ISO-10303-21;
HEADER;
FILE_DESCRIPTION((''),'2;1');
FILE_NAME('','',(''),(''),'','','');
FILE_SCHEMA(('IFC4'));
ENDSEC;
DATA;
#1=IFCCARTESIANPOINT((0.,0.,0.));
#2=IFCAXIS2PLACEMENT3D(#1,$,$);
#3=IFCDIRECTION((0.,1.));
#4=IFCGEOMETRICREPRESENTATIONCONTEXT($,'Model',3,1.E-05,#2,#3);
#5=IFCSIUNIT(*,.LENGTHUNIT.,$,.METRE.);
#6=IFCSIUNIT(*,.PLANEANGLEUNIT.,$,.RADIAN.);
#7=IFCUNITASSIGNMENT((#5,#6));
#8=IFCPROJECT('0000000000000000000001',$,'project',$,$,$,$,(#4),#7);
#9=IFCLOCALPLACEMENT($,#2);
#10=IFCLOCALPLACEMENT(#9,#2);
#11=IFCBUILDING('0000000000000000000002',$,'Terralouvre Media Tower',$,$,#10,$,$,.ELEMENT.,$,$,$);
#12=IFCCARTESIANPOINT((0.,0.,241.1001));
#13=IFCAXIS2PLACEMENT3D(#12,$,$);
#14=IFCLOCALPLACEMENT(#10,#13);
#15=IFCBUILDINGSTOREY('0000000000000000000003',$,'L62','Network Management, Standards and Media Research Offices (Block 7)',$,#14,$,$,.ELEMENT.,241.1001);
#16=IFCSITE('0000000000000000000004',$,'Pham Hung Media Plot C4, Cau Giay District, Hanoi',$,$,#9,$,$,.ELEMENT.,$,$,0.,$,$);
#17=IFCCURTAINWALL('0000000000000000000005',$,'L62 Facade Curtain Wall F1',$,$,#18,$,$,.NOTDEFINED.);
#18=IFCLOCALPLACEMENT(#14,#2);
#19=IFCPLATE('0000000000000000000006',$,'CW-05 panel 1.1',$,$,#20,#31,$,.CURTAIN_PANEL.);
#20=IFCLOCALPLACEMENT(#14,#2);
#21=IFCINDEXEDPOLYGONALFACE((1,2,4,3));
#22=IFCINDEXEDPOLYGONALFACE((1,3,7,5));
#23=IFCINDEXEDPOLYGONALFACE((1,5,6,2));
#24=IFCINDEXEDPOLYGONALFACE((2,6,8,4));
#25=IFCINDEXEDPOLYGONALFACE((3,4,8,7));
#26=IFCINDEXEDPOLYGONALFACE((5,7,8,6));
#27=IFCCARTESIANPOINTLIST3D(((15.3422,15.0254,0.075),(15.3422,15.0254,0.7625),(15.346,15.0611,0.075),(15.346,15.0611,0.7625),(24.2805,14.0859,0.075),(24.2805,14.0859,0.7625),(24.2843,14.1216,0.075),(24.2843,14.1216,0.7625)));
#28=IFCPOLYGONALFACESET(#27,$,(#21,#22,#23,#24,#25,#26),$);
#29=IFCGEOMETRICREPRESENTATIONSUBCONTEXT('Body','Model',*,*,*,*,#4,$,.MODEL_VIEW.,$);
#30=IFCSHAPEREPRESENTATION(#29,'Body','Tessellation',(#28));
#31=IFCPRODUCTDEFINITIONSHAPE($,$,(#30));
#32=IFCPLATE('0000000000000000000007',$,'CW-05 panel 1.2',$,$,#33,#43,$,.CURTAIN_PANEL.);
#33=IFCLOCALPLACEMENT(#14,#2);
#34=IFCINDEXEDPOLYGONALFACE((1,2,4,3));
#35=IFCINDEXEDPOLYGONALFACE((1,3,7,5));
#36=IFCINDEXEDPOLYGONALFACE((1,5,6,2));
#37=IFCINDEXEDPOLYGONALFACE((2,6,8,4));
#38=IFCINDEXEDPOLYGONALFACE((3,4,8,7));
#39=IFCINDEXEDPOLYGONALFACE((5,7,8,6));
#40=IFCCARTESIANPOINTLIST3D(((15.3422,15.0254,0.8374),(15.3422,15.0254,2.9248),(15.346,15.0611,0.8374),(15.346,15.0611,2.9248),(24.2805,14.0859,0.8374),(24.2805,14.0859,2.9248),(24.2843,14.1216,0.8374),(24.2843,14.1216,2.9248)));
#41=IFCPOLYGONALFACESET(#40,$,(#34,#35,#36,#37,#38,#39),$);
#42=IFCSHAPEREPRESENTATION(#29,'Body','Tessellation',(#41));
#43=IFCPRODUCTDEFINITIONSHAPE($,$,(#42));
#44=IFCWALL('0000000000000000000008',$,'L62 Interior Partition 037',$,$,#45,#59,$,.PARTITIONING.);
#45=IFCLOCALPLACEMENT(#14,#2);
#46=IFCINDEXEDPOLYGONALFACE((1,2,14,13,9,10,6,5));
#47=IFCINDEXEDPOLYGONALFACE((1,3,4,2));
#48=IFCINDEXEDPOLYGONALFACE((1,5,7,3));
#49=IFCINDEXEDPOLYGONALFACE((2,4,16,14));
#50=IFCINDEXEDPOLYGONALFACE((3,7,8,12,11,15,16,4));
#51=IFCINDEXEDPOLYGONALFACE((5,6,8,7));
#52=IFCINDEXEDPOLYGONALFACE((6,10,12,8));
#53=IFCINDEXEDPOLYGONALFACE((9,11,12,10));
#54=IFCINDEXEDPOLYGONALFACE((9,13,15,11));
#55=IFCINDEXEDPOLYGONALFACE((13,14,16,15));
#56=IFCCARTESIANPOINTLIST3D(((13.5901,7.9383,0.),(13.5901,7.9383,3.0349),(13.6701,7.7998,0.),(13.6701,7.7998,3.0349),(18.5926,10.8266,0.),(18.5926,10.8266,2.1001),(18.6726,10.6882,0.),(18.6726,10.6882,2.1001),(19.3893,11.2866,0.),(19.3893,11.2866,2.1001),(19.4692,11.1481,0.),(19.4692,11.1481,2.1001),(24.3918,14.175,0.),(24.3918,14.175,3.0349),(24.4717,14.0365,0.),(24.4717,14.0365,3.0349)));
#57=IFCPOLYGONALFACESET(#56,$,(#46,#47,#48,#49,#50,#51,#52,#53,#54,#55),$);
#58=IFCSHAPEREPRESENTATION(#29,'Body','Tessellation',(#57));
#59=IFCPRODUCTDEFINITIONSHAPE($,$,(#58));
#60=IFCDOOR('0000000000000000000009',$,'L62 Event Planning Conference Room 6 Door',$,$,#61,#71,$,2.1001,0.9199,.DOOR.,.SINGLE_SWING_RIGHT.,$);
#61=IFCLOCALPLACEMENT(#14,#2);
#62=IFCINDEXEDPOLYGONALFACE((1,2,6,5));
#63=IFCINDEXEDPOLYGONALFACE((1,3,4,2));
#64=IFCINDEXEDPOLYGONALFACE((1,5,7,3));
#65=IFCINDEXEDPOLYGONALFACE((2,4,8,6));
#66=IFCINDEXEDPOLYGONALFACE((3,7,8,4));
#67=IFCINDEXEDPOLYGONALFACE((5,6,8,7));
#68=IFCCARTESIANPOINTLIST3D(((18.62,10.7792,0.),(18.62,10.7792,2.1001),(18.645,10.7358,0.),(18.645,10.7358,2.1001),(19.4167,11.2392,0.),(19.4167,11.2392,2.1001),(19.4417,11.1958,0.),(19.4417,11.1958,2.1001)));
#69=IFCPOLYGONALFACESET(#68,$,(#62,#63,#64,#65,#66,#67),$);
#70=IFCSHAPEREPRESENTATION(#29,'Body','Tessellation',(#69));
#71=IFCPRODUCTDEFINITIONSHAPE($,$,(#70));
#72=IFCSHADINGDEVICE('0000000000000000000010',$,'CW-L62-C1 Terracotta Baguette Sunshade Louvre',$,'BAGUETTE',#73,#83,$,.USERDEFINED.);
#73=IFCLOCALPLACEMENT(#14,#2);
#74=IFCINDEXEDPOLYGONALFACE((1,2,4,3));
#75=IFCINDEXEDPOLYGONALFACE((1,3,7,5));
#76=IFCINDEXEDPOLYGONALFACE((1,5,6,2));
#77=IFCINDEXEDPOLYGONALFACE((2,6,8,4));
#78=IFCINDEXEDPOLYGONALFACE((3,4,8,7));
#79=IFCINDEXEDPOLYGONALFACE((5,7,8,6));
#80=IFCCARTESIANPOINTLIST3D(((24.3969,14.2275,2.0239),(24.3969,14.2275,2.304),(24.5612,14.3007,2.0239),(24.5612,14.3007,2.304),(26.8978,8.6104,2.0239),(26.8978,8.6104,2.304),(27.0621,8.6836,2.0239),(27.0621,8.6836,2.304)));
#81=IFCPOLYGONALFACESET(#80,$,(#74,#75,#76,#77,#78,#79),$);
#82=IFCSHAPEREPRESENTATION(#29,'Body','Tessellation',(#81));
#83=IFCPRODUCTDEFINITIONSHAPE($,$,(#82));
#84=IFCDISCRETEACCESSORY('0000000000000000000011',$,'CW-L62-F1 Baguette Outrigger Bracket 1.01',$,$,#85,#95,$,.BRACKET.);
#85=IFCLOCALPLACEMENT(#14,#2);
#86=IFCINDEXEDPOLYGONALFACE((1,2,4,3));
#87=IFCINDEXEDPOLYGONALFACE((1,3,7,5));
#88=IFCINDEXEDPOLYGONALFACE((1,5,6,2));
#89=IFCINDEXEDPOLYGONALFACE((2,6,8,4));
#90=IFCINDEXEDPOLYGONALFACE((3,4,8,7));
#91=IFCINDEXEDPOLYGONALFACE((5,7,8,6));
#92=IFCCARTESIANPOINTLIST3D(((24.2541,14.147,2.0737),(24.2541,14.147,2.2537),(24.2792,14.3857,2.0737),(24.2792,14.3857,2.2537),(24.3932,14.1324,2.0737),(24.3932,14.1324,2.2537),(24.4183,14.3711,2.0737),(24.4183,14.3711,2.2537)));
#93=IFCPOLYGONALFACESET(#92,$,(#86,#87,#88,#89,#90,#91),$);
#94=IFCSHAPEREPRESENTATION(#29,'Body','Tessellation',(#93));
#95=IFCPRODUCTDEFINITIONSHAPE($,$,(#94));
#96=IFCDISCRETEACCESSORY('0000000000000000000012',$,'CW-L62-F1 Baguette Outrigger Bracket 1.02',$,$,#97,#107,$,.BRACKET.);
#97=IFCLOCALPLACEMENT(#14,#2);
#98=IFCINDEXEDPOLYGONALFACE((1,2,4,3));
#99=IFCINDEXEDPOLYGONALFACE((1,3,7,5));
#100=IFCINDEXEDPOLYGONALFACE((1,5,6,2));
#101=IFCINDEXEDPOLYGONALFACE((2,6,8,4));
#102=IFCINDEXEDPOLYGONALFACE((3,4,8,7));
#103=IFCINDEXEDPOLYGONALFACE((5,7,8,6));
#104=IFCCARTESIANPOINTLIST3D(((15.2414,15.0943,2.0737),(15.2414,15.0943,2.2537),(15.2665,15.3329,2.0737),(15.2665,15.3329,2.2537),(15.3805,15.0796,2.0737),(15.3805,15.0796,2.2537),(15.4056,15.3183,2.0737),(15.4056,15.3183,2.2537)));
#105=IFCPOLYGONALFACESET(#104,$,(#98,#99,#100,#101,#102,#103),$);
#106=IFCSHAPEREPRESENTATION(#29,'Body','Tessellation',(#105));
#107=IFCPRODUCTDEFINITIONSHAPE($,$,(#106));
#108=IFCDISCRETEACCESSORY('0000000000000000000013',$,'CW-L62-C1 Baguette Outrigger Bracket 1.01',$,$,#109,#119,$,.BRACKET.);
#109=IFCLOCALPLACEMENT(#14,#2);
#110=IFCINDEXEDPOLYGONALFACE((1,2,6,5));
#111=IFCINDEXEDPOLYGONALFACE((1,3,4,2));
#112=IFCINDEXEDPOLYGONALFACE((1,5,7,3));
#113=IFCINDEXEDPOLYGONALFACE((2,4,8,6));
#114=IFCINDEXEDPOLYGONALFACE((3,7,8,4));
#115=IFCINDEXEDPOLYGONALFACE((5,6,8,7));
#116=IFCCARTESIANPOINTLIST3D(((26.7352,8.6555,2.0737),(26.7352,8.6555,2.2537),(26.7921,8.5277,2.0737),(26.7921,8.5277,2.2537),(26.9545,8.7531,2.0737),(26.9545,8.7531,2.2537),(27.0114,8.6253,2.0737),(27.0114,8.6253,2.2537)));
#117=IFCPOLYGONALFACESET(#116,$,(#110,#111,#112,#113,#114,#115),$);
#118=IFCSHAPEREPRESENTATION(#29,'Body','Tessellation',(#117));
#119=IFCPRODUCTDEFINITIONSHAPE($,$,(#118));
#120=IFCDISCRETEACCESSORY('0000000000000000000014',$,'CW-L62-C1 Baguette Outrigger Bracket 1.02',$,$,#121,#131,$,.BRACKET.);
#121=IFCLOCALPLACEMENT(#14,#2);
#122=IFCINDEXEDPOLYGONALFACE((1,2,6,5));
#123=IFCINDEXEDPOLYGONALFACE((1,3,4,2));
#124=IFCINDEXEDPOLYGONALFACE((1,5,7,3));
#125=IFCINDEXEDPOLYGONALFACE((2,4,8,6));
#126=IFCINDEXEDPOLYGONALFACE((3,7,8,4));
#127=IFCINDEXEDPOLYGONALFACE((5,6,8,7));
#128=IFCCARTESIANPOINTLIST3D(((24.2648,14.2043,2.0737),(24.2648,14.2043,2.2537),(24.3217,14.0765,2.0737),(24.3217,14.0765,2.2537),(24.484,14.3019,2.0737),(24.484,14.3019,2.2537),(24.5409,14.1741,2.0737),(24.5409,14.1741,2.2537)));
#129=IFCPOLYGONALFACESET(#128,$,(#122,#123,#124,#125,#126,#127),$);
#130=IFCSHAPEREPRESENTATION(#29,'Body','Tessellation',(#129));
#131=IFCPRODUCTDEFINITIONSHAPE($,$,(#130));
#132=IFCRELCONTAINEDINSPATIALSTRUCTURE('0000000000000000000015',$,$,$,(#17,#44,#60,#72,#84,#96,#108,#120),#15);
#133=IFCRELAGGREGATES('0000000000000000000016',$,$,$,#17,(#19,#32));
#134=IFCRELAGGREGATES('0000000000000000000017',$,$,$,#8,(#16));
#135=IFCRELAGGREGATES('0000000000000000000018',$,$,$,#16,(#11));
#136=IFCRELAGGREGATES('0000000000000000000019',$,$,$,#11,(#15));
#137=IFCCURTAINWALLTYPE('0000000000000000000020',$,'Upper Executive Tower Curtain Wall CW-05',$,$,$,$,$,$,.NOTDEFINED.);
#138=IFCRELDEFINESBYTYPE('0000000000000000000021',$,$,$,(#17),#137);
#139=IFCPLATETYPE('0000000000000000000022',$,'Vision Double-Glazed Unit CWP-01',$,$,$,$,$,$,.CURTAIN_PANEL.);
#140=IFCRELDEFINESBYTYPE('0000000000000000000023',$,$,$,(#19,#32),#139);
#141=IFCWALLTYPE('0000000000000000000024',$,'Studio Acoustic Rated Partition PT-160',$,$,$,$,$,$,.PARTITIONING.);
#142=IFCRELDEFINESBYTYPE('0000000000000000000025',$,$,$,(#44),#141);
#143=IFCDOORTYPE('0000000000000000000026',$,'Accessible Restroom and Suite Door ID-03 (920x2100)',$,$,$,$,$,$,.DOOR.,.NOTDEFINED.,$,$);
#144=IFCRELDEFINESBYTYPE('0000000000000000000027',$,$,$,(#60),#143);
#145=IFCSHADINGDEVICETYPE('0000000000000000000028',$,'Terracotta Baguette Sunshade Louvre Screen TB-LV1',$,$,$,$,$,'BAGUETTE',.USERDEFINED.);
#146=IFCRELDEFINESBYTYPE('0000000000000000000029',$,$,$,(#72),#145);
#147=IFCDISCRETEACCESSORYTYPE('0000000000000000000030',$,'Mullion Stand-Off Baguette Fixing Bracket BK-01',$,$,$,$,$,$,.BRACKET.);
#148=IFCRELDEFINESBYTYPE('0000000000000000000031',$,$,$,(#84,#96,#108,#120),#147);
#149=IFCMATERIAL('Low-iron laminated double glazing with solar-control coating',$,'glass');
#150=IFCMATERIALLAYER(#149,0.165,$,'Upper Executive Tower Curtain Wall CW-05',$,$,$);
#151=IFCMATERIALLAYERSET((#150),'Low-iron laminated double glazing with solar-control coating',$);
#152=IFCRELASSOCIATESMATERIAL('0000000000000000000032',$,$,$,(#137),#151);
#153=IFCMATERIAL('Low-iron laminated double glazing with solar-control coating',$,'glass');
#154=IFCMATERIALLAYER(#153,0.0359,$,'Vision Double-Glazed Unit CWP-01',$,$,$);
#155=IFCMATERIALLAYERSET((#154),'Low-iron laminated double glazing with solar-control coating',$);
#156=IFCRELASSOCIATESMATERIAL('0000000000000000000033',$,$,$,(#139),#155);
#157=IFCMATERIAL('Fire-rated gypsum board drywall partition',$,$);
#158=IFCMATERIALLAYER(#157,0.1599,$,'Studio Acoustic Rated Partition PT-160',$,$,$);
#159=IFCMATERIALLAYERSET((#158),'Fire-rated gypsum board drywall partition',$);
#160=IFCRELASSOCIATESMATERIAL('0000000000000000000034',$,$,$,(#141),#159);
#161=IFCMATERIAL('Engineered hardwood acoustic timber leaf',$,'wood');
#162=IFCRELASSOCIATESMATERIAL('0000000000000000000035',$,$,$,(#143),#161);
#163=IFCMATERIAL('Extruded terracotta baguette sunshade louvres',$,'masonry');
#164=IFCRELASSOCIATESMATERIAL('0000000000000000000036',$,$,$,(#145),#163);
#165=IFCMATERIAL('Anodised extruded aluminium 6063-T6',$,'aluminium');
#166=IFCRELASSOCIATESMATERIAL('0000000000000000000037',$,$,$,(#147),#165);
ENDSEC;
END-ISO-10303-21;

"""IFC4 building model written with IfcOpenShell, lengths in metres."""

from ifc_helpers import new_model, si_unit, direction, frame, frame_2d, origin, origin_2d, place, context, subcontext, project, spatial, rectangle, extrude, material, layer, layer_set, type_object, element, fill, aggregate, save


model = new_model("IFC4")

# Units and contexts
model_context = context("Model", 3, precision=1e-05, world=origin(), true_north=direction((0.0, 1.0)))
body_context = subcontext(model_context, "Body", "Model", "MODEL_VIEW")
ifc_project = project(units=[si_unit("LENGTHUNIT", "METRE"), si_unit("PLANEANGLEUNIT", "RADIAN")], contexts=[model_context])

# Site, building, storey
site_placement = place(None, origin())
site = spatial("IfcSite", under=ifc_project, at=site_placement, Name="Pham Hung Media Plot C4, Cau Giay District, Hanoi", CompositionType="ELEMENT", RefElevation=0.0)
building_placement = place(site_placement, origin())
building = spatial("IfcBuilding", under=site, at=building_placement, Name="Terralouvre Media Tower", CompositionType="ELEMENT")
storey_placement = place(building_placement, frame((0.0, 0.0, 241.1001)))
storey = spatial("IfcBuildingStorey", under=building, at=storey_placement, Name="L62", Description="Network Management, Standards and Media Research Offices (Block 7)", CompositionType="ELEMENT", Elevation=241.1001)

# Curtain wall
ifc_material_1 = material(Name="Low-iron laminated double glazing with solar-control coating", Category="glass")
ifc_layer_1 = layer(ifc_material_1, 0.165, Name="Upper Executive Tower Curtain Wall CW-05")
ifc_layer_set_1 = layer_set([ifc_layer_1], Name="Low-iron laminated double glazing with solar-control coating")
curtain_wall_type_1 = type_object("IfcCurtainWallType", Name="Upper Executive Tower Curtain Wall CW-05", PredefinedType="NOTDEFINED", material=ifc_layer_set_1)
curtain_wall_1_placement = place(storey_placement, origin())
curtain_wall_1 = element("IfcCurtainWall", 1, at=curtain_wall_1_placement, inside=storey, type_object=curtain_wall_type_1, Name="L62 Facade Curtain Wall F1", PredefinedType="NOTDEFINED")

# Plates
ifc_material_2 = material(Name="Low-iron laminated double glazing with solar-control coating", Category="glass")
ifc_layer_2 = layer(ifc_material_2, 0.0359, Name="Vision Double-Glazed Unit CWP-01")
ifc_layer_set_2 = layer_set([ifc_layer_2], Name="Low-iron laminated double glazing with solar-control coating")
plate_type_1 = type_object("IfcPlateType", Name="Vision Double-Glazed Unit CWP-01", PredefinedType="CURTAIN_PANEL", material=ifc_layer_set_2)
plate_1_placement = place(storey_placement, frame((19.8132, 14.5735, 0.075), z_axis=(0.0, 0.0, 1.0), x_axis=(-0.994522, 0.104529, 0.0)))
plate_1 = element("IfcPlate", 2, at=plate_1_placement, type_object=plate_type_1, Name="CW-05 panel 1.1", PredefinedType="CURTAIN_PANEL", context=body_context, shape_type="SweptSolid", body=[
    extrude(rectangle(XDim=8.9875, YDim=0.0359, at=origin_2d()), origin(), (0.0, 0.0, 1.0), 0.6875),
])
plate_2_placement = place(storey_placement, frame((19.8132, 14.5735, 0.8374), z_axis=(0.0, 0.0, 1.0), x_axis=(-0.994522, 0.104529, 0.0)))
plate_2 = element("IfcPlate", 3, at=plate_2_placement, type_object=plate_type_1, Name="CW-05 panel 1.2", PredefinedType="CURTAIN_PANEL", context=body_context, shape_type="SweptSolid", body=[
    extrude(rectangle(XDim=8.9875, YDim=0.0359, at=origin_2d()), origin(), (0.0, 0.0, 1.0), 2.0874),
])
aggregate(curtain_wall_1, [plate_1, plate_2])

# Wall, opening, door
ifc_material_3 = material(Name="Fire-rated gypsum board drywall partition")
ifc_layer_3 = layer(ifc_material_3, 0.1599, Name="Studio Acoustic Rated Partition PT-160")
ifc_layer_set_3 = layer_set([ifc_layer_3], Name="Fire-rated gypsum board drywall partition")
wall_type = type_object("IfcWallType", Name="Studio Acoustic Rated Partition PT-160", PredefinedType="PARTITIONING", material=ifc_layer_set_3)
wall_placement = place(storey_placement, frame((24.4316, 14.1057, 0.0), z_axis=(0.0, 0.0, 1.0), x_axis=(-0.866011, -0.500025, 0.0)))
wall = element("IfcWall", 4, at=wall_placement, inside=storey, type_object=wall_type, Name="L62 Interior Partition 037", PredefinedType="PARTITIONING", context=body_context, shape_type="SweptSolid", body=[
    extrude(rectangle(XDim=12.4729, YDim=0.1599, at=frame_2d((6.2363, 0.0))), origin(), (0.0, 0.0, 1.0), 3.0349),
])
opening_placement = place(wall_placement, frame((5.7764, 0.0, 0.0)))
opening = element("IfcOpeningElement", 5, at=opening_placement, cuts=wall, PredefinedType="OPENING", context=body_context, shape_type="SweptSolid", body=[
    extrude(rectangle(XDim=0.9199, YDim=2.1001, at=frame_2d((0.46, 1.05))), frame((0.0, 0.0898, 0.0), z_axis=(0.0, -1.0, 0.0), x_axis=(1.0, 0.0, 0.0)), (0.0, 0.0, 1.0), 0.1799),
])
ifc_material_4 = material(Name="Engineered hardwood acoustic timber leaf", Category="wood")
door_type = type_object("IfcDoorType", Name="Accessible Restroom and Suite Door ID-03 (920x2100)", OperationType="NOTDEFINED", PredefinedType="DOOR", material=ifc_material_4)
door_placement = place(opening_placement, origin())
door = element("IfcDoor", 6, at=door_placement, inside=storey, type_object=door_type, Name="L62 Event Planning Conference Room 6 Door", OperationType="SINGLE_SWING_RIGHT", OverallHeight=2.1001, OverallWidth=0.9199, PredefinedType="DOOR", context=body_context, shape_type="SweptSolid", body=[
    extrude(rectangle(XDim=0.9199, YDim=2.1001, at=frame_2d((0.46, 1.05))), frame((0.0, 0.0249, 0.0), z_axis=(0.0, -1.0, 0.0), x_axis=(1.0, 0.0, 0.0)), (0.0, 0.0, 1.0), 0.05),
])
fill(opening, door)

# Shading device
ifc_material_5 = material(Name="Extruded terracotta baguette sunshade louvres", Category="masonry")
shading_device_type = type_object("IfcShadingDeviceType", Name="Terracotta Baguette Sunshade Louvre Screen TB-LV1", ElementType="BAGUETTE", PredefinedType="USERDEFINED", material=ifc_material_5)
shading_device_placement = place(storey_placement, frame((25.7295, 11.4556, 2.0239), z_axis=(0.0, 0.0, 1.0), x_axis=(-0.406737, 0.913545, 0.0)))
element("IfcShadingDevice", 7, at=shading_device_placement, inside=storey, type_object=shading_device_type, Name="CW-L62-C1 Terracotta Baguette Sunshade Louvre", ObjectType="BAGUETTE", PredefinedType="USERDEFINED", context=body_context, shape_type="SweptSolid", body=[
    extrude(rectangle(XDim=6.1487, YDim=0.1799, at=origin_2d()), origin(), (0.0, 0.0, 1.0), 0.28),
])

# Discrete accessories
ifc_material_6 = material(Name="Anodised extruded aluminium 6063-T6", Category="aluminium")
discrete_accessory_type = type_object("IfcDiscreteAccessoryType", Name="Mullion Stand-Off Baguette Fixing Bracket BK-01", PredefinedType="BRACKET", material=ifc_material_6)
for number, where, z_axis, x_axis, name in (
    (8, (24.3362, 14.259, 2.0737), (0.0, 0.0, 1.0), (-0.994522, 0.104529, 0.0), "CW-L62-F1 Baguette Outrigger Bracket 1.01"),
    (9, (15.3235, 15.2063, 2.0737), (0.0, 0.0, 1.0), (-0.994522, 0.104529, 0.0), "CW-L62-F1 Baguette Outrigger Bracket 1.02"),
    (10, (26.8733, 8.6404, 2.0737), (0.0, 0.0, 1.0), (-0.406737, 0.913545, 0.0), "CW-L62-C1 Baguette Outrigger Bracket 1.01"),
    (11, (24.4028, 14.1892, 2.0737), (0.0, 0.0, 1.0), (-0.406737, 0.913545, 0.0), "CW-L62-C1 Baguette Outrigger Bracket 1.02"),
):
    element("IfcDiscreteAccessory", number, at=place(storey_placement, frame(where, z_axis=z_axis, x_axis=x_axis)), inside=storey, type_object=discrete_accessory_type, Name=name, PredefinedType="BRACKET", context=body_context, shape_type="SweptSolid", body=[
        extrude(rectangle(XDim=0.1399, YDim=0.24, at=origin_2d()), origin(), (0.0, 0.0, 1.0), 0.1799),
    ])

save(model, "model.ifc")
